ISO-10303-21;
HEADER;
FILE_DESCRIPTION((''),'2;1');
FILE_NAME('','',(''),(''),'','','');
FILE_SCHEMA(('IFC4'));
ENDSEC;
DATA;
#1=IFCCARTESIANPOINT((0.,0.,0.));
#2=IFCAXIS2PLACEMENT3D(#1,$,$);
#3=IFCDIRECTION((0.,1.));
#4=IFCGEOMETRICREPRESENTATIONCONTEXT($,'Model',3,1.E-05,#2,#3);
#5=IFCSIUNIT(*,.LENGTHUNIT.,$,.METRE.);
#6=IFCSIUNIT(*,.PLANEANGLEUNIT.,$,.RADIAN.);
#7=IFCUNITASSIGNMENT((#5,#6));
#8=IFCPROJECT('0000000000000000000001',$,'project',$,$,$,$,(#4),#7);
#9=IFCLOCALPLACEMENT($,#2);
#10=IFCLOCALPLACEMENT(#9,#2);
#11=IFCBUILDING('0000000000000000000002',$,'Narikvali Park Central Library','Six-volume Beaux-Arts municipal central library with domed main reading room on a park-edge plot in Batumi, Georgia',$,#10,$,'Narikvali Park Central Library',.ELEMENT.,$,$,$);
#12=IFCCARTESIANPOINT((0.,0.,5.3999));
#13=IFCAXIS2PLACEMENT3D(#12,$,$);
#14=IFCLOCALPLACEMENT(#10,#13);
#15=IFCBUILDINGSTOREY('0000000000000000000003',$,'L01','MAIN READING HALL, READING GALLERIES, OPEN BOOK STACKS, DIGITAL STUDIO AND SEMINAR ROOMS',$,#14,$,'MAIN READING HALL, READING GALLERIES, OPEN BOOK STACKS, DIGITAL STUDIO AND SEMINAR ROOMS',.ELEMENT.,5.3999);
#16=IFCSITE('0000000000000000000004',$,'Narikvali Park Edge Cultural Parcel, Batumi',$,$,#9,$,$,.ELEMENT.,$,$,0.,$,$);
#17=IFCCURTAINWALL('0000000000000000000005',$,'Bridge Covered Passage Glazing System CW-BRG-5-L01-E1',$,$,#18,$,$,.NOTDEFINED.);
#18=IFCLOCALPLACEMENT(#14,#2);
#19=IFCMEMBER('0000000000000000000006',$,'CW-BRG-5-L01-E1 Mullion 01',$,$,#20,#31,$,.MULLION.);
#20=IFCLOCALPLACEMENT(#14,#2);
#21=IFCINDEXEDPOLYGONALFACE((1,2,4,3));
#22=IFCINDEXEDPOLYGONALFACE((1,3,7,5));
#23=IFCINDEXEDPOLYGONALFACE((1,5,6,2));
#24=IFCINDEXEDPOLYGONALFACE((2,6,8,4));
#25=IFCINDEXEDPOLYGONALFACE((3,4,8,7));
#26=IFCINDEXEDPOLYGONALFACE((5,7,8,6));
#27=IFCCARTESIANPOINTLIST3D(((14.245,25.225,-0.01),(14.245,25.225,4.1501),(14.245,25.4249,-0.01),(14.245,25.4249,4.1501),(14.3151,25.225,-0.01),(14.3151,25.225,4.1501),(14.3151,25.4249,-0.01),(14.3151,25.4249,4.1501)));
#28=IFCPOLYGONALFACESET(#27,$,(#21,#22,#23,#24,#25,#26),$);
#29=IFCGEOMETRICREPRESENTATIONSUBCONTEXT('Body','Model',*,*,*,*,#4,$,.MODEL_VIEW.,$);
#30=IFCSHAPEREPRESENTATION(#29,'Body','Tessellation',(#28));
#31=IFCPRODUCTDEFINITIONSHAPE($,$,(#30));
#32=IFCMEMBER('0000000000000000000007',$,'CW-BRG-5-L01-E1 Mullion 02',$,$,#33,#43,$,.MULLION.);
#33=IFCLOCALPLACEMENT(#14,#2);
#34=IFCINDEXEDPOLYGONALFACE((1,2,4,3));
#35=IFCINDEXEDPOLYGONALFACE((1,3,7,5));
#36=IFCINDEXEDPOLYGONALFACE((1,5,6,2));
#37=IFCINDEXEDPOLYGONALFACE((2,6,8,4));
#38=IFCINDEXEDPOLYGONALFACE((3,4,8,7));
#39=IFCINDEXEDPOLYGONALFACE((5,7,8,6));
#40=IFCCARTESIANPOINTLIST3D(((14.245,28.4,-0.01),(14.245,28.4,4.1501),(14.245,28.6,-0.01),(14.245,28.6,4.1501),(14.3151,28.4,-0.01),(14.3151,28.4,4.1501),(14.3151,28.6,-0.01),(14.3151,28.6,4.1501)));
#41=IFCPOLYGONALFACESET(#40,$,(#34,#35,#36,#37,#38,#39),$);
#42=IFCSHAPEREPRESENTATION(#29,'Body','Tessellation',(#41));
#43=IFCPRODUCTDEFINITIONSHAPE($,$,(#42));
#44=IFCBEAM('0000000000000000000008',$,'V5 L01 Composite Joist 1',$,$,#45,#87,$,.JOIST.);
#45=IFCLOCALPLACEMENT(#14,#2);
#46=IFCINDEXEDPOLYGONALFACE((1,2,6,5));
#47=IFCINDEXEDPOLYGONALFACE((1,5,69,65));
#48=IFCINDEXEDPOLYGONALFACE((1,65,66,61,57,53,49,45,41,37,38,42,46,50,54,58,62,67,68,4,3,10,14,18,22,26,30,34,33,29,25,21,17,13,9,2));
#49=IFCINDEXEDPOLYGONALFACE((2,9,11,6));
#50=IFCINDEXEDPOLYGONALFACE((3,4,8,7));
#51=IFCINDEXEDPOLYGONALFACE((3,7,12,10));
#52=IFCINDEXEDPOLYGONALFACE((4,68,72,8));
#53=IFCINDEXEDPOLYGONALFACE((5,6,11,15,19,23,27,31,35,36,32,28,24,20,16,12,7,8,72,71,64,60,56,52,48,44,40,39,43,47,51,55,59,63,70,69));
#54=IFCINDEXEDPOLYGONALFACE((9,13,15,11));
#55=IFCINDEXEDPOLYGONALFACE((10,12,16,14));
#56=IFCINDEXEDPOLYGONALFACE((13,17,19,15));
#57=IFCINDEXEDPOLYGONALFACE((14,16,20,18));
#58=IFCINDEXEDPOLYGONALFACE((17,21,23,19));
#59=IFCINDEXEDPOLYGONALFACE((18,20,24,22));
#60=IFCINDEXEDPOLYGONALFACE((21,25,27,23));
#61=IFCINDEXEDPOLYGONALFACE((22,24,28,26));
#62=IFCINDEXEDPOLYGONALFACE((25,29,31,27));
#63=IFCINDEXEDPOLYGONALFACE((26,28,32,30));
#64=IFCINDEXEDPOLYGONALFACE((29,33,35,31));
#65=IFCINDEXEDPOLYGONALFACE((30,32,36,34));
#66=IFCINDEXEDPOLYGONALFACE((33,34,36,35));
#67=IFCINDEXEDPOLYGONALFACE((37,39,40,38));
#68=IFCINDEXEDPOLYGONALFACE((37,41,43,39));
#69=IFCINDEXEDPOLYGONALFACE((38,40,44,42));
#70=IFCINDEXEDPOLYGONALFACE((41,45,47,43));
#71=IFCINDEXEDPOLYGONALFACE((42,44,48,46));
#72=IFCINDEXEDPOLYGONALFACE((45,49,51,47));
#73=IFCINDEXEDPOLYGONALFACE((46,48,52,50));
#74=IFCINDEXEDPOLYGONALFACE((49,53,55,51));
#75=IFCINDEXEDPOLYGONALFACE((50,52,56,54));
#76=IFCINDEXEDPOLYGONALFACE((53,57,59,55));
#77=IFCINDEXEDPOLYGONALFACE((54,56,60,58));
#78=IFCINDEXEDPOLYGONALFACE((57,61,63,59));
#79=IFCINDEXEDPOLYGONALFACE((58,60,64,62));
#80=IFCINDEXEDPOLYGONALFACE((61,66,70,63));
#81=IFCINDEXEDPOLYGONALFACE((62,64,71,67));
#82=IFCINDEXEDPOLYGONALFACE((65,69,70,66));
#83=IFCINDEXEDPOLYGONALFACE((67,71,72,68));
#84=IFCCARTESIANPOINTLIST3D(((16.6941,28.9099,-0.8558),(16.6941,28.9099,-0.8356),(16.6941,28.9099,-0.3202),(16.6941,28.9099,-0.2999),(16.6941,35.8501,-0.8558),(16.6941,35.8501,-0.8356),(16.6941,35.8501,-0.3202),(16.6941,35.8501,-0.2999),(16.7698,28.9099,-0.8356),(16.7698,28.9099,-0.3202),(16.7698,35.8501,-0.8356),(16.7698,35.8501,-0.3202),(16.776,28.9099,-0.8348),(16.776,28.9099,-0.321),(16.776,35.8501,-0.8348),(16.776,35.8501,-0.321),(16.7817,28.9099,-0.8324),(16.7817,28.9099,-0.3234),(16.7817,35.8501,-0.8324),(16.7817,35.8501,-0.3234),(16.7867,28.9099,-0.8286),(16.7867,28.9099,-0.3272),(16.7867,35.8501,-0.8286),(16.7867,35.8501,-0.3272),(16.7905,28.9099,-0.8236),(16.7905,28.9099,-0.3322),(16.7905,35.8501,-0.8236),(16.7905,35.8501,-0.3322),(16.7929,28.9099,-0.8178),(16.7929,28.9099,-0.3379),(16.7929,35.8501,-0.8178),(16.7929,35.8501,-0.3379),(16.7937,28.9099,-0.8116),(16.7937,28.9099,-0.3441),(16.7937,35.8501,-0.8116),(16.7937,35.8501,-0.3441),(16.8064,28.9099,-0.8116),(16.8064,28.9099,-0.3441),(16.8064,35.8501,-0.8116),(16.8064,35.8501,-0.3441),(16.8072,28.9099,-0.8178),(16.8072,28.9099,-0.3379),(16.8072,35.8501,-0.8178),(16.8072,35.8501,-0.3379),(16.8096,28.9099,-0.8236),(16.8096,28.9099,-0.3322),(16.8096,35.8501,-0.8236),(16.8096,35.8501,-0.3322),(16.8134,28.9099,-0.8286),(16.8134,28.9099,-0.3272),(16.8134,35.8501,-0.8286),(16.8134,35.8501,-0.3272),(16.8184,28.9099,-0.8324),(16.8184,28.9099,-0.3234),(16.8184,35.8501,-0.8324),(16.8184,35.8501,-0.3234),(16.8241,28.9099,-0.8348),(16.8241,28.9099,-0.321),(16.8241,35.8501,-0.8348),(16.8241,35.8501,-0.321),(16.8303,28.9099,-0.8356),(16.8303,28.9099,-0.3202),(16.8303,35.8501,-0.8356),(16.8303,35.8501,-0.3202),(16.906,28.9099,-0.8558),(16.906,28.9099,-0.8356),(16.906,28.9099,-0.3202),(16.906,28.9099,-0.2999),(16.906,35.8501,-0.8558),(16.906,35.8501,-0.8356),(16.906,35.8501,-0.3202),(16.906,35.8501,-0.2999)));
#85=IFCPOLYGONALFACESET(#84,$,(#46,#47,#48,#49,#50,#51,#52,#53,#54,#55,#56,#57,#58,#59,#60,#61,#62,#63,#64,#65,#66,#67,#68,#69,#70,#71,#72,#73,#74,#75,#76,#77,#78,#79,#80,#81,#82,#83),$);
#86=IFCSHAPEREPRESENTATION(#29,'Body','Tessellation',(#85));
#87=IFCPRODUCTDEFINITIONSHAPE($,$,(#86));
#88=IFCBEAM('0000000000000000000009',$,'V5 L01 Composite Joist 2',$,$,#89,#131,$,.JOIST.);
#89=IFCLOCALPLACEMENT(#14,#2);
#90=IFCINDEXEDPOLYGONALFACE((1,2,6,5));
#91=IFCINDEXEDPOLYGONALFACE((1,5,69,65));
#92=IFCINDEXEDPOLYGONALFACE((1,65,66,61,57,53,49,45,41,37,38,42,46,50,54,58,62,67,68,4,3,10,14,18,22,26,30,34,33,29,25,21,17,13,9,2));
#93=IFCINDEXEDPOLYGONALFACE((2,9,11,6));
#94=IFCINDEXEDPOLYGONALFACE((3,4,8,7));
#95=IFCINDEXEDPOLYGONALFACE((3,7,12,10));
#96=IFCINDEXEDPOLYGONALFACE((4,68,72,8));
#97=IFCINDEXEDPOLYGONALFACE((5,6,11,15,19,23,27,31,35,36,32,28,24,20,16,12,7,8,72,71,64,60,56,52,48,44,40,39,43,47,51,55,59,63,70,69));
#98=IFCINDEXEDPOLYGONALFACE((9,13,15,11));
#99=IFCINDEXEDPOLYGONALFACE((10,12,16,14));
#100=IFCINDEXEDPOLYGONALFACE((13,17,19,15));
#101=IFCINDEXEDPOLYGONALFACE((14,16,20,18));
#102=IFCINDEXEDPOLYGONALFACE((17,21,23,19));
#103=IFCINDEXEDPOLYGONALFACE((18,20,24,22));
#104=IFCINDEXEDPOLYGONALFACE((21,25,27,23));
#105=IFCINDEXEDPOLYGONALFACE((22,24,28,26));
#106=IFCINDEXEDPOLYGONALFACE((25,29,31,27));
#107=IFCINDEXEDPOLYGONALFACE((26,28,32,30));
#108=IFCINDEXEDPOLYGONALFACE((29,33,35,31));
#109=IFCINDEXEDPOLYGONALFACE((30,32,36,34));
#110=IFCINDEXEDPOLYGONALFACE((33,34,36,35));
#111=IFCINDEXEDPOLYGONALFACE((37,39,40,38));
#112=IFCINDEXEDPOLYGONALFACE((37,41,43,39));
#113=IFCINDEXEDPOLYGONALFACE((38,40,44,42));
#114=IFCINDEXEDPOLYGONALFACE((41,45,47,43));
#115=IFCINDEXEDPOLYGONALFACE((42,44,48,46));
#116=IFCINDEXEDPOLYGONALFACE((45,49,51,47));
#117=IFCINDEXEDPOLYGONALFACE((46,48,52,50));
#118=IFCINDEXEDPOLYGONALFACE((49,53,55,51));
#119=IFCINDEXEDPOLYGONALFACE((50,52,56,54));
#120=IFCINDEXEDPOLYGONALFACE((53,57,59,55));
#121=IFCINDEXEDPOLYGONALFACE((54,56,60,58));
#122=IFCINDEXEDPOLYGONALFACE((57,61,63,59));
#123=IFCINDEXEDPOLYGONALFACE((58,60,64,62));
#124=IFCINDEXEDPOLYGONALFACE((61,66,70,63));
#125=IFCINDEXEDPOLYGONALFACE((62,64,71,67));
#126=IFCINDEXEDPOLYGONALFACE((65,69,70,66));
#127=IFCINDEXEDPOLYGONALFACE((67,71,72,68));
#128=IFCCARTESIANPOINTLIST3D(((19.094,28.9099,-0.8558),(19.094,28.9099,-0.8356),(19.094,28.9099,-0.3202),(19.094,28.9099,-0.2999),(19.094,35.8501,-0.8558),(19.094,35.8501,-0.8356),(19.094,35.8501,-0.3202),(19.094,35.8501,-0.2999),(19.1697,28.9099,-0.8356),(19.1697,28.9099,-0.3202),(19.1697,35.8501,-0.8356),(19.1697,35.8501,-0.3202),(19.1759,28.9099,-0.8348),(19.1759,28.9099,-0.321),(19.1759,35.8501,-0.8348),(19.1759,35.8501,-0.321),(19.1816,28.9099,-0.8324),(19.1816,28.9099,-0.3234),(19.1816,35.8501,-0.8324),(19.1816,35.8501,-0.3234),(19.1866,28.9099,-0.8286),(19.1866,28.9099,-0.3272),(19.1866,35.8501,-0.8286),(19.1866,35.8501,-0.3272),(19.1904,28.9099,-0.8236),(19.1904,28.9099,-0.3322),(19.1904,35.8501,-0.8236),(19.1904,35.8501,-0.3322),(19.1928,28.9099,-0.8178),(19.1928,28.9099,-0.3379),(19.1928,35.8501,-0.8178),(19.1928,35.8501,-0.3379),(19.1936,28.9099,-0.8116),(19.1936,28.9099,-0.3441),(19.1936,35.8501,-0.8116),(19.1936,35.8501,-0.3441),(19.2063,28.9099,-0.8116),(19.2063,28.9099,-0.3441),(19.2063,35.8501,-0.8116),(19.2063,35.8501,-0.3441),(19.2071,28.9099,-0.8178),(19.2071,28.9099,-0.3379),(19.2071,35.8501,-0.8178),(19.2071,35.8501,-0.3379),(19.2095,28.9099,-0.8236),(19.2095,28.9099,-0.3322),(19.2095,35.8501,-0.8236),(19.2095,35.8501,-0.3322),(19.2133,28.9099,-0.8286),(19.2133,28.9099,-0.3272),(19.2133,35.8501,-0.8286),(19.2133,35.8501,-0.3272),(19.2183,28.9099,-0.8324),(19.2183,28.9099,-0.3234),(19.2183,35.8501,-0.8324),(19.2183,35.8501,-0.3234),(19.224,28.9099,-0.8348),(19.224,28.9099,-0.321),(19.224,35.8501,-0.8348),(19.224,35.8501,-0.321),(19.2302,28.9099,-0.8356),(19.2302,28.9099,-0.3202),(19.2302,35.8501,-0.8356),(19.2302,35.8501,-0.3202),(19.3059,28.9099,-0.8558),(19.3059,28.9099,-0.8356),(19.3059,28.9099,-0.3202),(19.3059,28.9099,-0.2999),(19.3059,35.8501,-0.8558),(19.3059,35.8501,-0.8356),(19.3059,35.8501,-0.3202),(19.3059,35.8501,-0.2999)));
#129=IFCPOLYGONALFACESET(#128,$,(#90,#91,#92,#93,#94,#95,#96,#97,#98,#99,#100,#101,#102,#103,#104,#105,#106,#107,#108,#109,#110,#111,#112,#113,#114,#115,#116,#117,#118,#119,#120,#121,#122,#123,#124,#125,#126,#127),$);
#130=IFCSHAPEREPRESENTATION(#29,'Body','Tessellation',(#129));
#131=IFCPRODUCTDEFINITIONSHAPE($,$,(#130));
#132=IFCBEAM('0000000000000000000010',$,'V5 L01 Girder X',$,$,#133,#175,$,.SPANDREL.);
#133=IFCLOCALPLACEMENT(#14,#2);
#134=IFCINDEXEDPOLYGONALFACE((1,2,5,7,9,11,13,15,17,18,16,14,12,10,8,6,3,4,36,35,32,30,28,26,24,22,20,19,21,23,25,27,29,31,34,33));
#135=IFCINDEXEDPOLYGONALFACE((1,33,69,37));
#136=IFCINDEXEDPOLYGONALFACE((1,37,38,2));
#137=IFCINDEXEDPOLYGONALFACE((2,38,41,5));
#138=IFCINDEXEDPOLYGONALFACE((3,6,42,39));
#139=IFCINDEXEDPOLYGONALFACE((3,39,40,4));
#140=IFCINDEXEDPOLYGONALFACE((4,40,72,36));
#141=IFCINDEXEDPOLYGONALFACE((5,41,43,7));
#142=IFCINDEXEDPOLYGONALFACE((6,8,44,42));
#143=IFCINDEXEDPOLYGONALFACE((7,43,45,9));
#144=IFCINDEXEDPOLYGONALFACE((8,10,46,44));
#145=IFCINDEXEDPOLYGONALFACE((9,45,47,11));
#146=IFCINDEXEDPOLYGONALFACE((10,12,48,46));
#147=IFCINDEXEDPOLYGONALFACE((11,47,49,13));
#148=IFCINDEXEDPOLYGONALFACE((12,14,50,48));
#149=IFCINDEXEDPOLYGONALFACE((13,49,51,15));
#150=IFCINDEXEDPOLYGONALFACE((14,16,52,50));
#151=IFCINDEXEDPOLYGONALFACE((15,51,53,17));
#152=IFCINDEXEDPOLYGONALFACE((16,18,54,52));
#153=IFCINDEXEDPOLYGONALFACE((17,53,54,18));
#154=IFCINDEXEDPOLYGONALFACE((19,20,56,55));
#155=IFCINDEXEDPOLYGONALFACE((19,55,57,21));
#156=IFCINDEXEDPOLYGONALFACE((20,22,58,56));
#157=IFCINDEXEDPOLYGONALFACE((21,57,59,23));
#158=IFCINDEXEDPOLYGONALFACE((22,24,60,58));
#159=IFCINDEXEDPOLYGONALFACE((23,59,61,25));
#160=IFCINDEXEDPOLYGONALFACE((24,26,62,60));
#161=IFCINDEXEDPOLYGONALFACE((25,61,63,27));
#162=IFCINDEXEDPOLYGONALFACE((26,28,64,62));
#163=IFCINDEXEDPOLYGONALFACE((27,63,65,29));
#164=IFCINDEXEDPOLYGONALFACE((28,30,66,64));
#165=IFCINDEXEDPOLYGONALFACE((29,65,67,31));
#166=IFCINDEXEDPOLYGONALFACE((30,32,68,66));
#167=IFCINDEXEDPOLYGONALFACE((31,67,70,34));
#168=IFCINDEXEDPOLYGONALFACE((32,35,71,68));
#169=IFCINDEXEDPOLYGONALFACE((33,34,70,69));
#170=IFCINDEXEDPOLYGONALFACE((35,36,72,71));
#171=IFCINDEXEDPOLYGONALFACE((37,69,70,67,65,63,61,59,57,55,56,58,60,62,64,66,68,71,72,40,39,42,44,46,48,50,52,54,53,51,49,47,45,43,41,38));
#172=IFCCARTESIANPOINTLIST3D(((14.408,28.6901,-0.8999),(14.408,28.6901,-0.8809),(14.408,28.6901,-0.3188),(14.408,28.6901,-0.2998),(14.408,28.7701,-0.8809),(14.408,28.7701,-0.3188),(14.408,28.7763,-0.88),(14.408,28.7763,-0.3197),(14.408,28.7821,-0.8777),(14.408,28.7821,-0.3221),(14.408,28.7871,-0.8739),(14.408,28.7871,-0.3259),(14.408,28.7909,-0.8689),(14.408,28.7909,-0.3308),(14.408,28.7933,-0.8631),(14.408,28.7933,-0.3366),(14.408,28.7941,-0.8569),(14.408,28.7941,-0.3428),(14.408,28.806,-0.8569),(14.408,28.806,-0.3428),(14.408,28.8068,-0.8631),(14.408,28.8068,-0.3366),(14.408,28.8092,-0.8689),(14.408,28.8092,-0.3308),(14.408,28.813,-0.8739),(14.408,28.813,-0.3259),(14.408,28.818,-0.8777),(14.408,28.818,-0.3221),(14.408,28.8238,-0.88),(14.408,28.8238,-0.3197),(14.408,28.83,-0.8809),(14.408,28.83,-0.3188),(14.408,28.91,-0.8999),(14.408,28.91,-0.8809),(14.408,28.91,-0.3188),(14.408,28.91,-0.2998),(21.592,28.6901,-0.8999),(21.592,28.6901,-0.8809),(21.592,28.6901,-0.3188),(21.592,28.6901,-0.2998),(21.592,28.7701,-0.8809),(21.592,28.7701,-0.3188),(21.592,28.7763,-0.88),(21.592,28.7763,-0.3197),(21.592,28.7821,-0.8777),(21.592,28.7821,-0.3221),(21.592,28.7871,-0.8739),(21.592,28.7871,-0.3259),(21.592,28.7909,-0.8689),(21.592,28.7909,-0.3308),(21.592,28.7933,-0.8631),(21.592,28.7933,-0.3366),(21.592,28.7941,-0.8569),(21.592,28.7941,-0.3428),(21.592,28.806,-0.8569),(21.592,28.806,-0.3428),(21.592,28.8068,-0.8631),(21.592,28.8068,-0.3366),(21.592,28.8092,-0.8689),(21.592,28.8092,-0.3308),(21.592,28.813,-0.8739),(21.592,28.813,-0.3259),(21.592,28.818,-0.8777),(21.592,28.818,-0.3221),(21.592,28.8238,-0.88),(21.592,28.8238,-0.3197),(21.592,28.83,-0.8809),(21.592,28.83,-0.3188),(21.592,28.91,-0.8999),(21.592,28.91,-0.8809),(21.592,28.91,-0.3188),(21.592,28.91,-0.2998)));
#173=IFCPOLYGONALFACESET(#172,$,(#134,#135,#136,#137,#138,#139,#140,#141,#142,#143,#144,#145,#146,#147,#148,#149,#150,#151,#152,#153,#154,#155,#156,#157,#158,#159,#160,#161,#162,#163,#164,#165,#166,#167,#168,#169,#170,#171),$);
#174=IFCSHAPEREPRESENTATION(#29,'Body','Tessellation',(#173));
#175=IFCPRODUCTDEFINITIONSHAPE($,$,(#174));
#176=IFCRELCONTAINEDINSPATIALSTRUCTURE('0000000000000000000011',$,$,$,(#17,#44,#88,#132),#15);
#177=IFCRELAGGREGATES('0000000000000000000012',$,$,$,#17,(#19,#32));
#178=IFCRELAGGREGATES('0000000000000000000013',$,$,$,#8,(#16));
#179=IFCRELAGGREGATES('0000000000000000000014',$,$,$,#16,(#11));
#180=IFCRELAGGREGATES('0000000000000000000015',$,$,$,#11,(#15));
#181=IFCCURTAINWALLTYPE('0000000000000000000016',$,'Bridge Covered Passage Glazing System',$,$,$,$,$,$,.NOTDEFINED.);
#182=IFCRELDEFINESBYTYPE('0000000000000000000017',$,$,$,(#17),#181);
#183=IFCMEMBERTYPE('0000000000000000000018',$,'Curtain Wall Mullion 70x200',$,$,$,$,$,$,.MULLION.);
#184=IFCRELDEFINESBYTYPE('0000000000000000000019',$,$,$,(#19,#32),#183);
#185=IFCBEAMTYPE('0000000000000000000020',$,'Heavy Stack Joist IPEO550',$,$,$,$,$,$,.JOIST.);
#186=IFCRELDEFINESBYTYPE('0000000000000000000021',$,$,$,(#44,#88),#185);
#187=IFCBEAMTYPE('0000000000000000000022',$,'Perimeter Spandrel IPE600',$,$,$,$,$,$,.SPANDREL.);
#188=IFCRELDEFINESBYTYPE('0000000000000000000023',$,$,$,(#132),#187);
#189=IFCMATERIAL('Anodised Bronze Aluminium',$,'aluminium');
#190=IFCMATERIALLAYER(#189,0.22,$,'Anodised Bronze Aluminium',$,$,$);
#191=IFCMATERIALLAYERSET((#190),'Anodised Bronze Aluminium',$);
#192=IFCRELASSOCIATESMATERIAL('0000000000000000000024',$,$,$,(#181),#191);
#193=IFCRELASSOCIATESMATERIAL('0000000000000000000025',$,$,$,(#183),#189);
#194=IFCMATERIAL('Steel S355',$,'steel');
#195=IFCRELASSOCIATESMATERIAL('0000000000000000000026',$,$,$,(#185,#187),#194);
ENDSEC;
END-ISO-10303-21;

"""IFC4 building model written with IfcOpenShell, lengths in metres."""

from ifc_helpers import new_model, si_unit, direction, frame, origin, origin_2d, place, context, subcontext, project, spatial, rectangle, i_section, extrude, material, layer, layer_set, material_profile, profile_set, type_object, element, aggregate, save


model = new_model("IFC4")

# Units and contexts
model_context = context("Model", 3, precision=1e-05, world=origin(), true_north=direction((0.0, 1.0)))
body_context = subcontext(model_context, "Body", "Model", "MODEL_VIEW")
ifc_project = project(units=[si_unit("LENGTHUNIT", "METRE"), si_unit("PLANEANGLEUNIT", "RADIAN")], contexts=[model_context])

# Site, building, storey
site_placement = place(None, origin())
site = spatial("IfcSite", under=ifc_project, at=site_placement, Name="Narikvali Park Edge Cultural Parcel, Batumi", CompositionType="ELEMENT", RefElevation=0.0)
building_placement = place(site_placement, origin())
building = spatial("IfcBuilding", under=site, at=building_placement, Name="Narikvali Park Central Library", Description="Six-volume Beaux-Arts municipal central library with domed main reading room on a park-edge plot in Batumi, Georgia", LongName="Narikvali Park Central Library", CompositionType="ELEMENT")
storey_placement = place(building_placement, frame((0.0, 0.0, 5.3999)))
storey = spatial("IfcBuildingStorey", under=building, at=storey_placement, Name="L01", Description="MAIN READING HALL, READING GALLERIES, OPEN BOOK STACKS, DIGITAL STUDIO AND SEMINAR ROOMS", LongName="MAIN READING HALL, READING GALLERIES, OPEN BOOK STACKS, DIGITAL STUDIO AND SEMINAR ROOMS", CompositionType="ELEMENT", Elevation=5.3999)

# Shared definitions
ifc_material_1 = material(Name="Steel S355", Category="steel")

# Curtain wall, members
ifc_material_2 = material(Name="Anodised Bronze Aluminium", Category="aluminium")
ifc_layer_1 = layer(ifc_material_2, 0.22, Name="Anodised Bronze Aluminium")
ifc_layer_set_1 = layer_set([ifc_layer_1], Name="Anodised Bronze Aluminium")
curtain_wall_type = type_object("IfcCurtainWallType", Name="Bridge Covered Passage Glazing System", PredefinedType="NOTDEFINED", material=ifc_layer_set_1)
curtain_wall_placement = place(storey_placement, origin())
curtain_wall = element("IfcCurtainWall", 1, at=curtain_wall_placement, inside=storey, type_object=curtain_wall_type, Name="Bridge Covered Passage Glazing System CW-BRG-5-L01-E1", PredefinedType="NOTDEFINED")
ifc_material_profile_1 = material_profile(ifc_material_2, rectangle(XDim=0.0701, YDim=0.2, at=origin_2d()), Name="CW MULLION 70x200")
ifc_profile_set_1 = profile_set([ifc_material_profile_1], Name="Anodised Bronze Aluminium")
member_type = type_object("IfcMemberType", Name="Curtain Wall Mullion 70x200", PredefinedType="MULLION", material=ifc_profile_set_1)
member_1_placement = place(storey_placement, frame((14.28, 25.325, -0.01), z_axis=(0.0, 0.0, 1.0), x_axis=(1.0, 0.0, 0.0)))
member_1 = element("IfcMember", 2, at=member_1_placement, type_object=member_type, Name="CW-BRG-5-L01-E1 Mullion 01", PredefinedType="MULLION", context=body_context, shape_type="SweptSolid", body=[
    extrude(rectangle(XDim=0.0701, YDim=0.2, at=origin_2d()), origin(), (0.0, 0.0, 1.0), 4.1602),
])
member_2_placement = place(storey_placement, frame((14.28, 28.5, -0.01), z_axis=(0.0, 0.0, 1.0), x_axis=(1.0, 0.0, 0.0)))
member_2 = element("IfcMember", 3, at=member_2_placement, type_object=member_type, Name="CW-BRG-5-L01-E1 Mullion 02", PredefinedType="MULLION", context=body_context, shape_type="SweptSolid", body=[
    extrude(rectangle(XDim=0.0701, YDim=0.2, at=origin_2d()), origin(), (0.0, 0.0, 1.0), 4.1602),
])

# Beams
ifc_material_profile_2 = material_profile(ifc_material_1, i_section(OverallWidth=0.2119, OverallDepth=0.5559, WebThickness=0.0127, FlangeThickness=0.0203, FilletRadius=0.0239, at=origin_2d()), Name="IPEO 550")
ifc_profile_set_2 = profile_set([ifc_material_profile_2], Name="Steel S355")
beam_type_1 = type_object("IfcBeamType", Name="Heavy Stack Joist IPEO550", PredefinedType="JOIST", material=ifc_profile_set_2)
for number, where, z_axis, x_axis, name in (
    (4, (16.8, 28.9099, -0.5779), (0.0, 1.0, 0.0), (-1.0, 0.0, 0.0), "V5 L01 Composite Joist 1"),
    (5, (19.2, 28.9099, -0.5779), (0.0, 1.0, 0.0), (-1.0, 0.0, 0.0), "V5 L01 Composite Joist 2"),
):
    element("IfcBeam", number, at=place(storey_placement, frame(where, z_axis=z_axis, x_axis=x_axis)), inside=storey, type_object=beam_type_1, Name=name, PredefinedType="JOIST", context=body_context, shape_type="SweptSolid", body=[
        extrude(i_section(OverallWidth=0.2119, OverallDepth=0.5559, WebThickness=0.0127, FlangeThickness=0.0203, FilletRadius=0.0239, at=origin_2d()), origin(), (0.0, 0.0, 1.0), 6.9402),
    ])
ifc_material_profile_3 = material_profile(ifc_material_1, i_section(OverallWidth=0.22, OverallDepth=0.6001, WebThickness=0.012, FlangeThickness=0.019, FilletRadius=0.0239, at=origin_2d()), Name="IPE 600")
ifc_profile_set_3 = profile_set([ifc_material_profile_3], Name="Steel S355")
beam_type_2 = type_object("IfcBeamType", Name="Perimeter Spandrel IPE600", PredefinedType="SPANDREL", material=ifc_profile_set_3)
beam_1_placement = place(storey_placement, frame((14.408, 28.8, -0.5999), z_axis=(1.0, 0.0, 0.0), x_axis=(0.0, 1.0, 0.0)))
element("IfcBeam", 6, at=beam_1_placement, inside=storey, type_object=beam_type_2, Name="V5 L01 Girder X", PredefinedType="SPANDREL", context=body_context, shape_type="SweptSolid", body=[
    extrude(i_section(OverallWidth=0.22, OverallDepth=0.6001, WebThickness=0.012, FlangeThickness=0.019, FilletRadius=0.0239, at=origin_2d()), origin(), (0.0, 0.0, 1.0), 7.1841),
])

aggregate(curtain_wall, [member_1, member_2])

save(model, "model.ifc")
